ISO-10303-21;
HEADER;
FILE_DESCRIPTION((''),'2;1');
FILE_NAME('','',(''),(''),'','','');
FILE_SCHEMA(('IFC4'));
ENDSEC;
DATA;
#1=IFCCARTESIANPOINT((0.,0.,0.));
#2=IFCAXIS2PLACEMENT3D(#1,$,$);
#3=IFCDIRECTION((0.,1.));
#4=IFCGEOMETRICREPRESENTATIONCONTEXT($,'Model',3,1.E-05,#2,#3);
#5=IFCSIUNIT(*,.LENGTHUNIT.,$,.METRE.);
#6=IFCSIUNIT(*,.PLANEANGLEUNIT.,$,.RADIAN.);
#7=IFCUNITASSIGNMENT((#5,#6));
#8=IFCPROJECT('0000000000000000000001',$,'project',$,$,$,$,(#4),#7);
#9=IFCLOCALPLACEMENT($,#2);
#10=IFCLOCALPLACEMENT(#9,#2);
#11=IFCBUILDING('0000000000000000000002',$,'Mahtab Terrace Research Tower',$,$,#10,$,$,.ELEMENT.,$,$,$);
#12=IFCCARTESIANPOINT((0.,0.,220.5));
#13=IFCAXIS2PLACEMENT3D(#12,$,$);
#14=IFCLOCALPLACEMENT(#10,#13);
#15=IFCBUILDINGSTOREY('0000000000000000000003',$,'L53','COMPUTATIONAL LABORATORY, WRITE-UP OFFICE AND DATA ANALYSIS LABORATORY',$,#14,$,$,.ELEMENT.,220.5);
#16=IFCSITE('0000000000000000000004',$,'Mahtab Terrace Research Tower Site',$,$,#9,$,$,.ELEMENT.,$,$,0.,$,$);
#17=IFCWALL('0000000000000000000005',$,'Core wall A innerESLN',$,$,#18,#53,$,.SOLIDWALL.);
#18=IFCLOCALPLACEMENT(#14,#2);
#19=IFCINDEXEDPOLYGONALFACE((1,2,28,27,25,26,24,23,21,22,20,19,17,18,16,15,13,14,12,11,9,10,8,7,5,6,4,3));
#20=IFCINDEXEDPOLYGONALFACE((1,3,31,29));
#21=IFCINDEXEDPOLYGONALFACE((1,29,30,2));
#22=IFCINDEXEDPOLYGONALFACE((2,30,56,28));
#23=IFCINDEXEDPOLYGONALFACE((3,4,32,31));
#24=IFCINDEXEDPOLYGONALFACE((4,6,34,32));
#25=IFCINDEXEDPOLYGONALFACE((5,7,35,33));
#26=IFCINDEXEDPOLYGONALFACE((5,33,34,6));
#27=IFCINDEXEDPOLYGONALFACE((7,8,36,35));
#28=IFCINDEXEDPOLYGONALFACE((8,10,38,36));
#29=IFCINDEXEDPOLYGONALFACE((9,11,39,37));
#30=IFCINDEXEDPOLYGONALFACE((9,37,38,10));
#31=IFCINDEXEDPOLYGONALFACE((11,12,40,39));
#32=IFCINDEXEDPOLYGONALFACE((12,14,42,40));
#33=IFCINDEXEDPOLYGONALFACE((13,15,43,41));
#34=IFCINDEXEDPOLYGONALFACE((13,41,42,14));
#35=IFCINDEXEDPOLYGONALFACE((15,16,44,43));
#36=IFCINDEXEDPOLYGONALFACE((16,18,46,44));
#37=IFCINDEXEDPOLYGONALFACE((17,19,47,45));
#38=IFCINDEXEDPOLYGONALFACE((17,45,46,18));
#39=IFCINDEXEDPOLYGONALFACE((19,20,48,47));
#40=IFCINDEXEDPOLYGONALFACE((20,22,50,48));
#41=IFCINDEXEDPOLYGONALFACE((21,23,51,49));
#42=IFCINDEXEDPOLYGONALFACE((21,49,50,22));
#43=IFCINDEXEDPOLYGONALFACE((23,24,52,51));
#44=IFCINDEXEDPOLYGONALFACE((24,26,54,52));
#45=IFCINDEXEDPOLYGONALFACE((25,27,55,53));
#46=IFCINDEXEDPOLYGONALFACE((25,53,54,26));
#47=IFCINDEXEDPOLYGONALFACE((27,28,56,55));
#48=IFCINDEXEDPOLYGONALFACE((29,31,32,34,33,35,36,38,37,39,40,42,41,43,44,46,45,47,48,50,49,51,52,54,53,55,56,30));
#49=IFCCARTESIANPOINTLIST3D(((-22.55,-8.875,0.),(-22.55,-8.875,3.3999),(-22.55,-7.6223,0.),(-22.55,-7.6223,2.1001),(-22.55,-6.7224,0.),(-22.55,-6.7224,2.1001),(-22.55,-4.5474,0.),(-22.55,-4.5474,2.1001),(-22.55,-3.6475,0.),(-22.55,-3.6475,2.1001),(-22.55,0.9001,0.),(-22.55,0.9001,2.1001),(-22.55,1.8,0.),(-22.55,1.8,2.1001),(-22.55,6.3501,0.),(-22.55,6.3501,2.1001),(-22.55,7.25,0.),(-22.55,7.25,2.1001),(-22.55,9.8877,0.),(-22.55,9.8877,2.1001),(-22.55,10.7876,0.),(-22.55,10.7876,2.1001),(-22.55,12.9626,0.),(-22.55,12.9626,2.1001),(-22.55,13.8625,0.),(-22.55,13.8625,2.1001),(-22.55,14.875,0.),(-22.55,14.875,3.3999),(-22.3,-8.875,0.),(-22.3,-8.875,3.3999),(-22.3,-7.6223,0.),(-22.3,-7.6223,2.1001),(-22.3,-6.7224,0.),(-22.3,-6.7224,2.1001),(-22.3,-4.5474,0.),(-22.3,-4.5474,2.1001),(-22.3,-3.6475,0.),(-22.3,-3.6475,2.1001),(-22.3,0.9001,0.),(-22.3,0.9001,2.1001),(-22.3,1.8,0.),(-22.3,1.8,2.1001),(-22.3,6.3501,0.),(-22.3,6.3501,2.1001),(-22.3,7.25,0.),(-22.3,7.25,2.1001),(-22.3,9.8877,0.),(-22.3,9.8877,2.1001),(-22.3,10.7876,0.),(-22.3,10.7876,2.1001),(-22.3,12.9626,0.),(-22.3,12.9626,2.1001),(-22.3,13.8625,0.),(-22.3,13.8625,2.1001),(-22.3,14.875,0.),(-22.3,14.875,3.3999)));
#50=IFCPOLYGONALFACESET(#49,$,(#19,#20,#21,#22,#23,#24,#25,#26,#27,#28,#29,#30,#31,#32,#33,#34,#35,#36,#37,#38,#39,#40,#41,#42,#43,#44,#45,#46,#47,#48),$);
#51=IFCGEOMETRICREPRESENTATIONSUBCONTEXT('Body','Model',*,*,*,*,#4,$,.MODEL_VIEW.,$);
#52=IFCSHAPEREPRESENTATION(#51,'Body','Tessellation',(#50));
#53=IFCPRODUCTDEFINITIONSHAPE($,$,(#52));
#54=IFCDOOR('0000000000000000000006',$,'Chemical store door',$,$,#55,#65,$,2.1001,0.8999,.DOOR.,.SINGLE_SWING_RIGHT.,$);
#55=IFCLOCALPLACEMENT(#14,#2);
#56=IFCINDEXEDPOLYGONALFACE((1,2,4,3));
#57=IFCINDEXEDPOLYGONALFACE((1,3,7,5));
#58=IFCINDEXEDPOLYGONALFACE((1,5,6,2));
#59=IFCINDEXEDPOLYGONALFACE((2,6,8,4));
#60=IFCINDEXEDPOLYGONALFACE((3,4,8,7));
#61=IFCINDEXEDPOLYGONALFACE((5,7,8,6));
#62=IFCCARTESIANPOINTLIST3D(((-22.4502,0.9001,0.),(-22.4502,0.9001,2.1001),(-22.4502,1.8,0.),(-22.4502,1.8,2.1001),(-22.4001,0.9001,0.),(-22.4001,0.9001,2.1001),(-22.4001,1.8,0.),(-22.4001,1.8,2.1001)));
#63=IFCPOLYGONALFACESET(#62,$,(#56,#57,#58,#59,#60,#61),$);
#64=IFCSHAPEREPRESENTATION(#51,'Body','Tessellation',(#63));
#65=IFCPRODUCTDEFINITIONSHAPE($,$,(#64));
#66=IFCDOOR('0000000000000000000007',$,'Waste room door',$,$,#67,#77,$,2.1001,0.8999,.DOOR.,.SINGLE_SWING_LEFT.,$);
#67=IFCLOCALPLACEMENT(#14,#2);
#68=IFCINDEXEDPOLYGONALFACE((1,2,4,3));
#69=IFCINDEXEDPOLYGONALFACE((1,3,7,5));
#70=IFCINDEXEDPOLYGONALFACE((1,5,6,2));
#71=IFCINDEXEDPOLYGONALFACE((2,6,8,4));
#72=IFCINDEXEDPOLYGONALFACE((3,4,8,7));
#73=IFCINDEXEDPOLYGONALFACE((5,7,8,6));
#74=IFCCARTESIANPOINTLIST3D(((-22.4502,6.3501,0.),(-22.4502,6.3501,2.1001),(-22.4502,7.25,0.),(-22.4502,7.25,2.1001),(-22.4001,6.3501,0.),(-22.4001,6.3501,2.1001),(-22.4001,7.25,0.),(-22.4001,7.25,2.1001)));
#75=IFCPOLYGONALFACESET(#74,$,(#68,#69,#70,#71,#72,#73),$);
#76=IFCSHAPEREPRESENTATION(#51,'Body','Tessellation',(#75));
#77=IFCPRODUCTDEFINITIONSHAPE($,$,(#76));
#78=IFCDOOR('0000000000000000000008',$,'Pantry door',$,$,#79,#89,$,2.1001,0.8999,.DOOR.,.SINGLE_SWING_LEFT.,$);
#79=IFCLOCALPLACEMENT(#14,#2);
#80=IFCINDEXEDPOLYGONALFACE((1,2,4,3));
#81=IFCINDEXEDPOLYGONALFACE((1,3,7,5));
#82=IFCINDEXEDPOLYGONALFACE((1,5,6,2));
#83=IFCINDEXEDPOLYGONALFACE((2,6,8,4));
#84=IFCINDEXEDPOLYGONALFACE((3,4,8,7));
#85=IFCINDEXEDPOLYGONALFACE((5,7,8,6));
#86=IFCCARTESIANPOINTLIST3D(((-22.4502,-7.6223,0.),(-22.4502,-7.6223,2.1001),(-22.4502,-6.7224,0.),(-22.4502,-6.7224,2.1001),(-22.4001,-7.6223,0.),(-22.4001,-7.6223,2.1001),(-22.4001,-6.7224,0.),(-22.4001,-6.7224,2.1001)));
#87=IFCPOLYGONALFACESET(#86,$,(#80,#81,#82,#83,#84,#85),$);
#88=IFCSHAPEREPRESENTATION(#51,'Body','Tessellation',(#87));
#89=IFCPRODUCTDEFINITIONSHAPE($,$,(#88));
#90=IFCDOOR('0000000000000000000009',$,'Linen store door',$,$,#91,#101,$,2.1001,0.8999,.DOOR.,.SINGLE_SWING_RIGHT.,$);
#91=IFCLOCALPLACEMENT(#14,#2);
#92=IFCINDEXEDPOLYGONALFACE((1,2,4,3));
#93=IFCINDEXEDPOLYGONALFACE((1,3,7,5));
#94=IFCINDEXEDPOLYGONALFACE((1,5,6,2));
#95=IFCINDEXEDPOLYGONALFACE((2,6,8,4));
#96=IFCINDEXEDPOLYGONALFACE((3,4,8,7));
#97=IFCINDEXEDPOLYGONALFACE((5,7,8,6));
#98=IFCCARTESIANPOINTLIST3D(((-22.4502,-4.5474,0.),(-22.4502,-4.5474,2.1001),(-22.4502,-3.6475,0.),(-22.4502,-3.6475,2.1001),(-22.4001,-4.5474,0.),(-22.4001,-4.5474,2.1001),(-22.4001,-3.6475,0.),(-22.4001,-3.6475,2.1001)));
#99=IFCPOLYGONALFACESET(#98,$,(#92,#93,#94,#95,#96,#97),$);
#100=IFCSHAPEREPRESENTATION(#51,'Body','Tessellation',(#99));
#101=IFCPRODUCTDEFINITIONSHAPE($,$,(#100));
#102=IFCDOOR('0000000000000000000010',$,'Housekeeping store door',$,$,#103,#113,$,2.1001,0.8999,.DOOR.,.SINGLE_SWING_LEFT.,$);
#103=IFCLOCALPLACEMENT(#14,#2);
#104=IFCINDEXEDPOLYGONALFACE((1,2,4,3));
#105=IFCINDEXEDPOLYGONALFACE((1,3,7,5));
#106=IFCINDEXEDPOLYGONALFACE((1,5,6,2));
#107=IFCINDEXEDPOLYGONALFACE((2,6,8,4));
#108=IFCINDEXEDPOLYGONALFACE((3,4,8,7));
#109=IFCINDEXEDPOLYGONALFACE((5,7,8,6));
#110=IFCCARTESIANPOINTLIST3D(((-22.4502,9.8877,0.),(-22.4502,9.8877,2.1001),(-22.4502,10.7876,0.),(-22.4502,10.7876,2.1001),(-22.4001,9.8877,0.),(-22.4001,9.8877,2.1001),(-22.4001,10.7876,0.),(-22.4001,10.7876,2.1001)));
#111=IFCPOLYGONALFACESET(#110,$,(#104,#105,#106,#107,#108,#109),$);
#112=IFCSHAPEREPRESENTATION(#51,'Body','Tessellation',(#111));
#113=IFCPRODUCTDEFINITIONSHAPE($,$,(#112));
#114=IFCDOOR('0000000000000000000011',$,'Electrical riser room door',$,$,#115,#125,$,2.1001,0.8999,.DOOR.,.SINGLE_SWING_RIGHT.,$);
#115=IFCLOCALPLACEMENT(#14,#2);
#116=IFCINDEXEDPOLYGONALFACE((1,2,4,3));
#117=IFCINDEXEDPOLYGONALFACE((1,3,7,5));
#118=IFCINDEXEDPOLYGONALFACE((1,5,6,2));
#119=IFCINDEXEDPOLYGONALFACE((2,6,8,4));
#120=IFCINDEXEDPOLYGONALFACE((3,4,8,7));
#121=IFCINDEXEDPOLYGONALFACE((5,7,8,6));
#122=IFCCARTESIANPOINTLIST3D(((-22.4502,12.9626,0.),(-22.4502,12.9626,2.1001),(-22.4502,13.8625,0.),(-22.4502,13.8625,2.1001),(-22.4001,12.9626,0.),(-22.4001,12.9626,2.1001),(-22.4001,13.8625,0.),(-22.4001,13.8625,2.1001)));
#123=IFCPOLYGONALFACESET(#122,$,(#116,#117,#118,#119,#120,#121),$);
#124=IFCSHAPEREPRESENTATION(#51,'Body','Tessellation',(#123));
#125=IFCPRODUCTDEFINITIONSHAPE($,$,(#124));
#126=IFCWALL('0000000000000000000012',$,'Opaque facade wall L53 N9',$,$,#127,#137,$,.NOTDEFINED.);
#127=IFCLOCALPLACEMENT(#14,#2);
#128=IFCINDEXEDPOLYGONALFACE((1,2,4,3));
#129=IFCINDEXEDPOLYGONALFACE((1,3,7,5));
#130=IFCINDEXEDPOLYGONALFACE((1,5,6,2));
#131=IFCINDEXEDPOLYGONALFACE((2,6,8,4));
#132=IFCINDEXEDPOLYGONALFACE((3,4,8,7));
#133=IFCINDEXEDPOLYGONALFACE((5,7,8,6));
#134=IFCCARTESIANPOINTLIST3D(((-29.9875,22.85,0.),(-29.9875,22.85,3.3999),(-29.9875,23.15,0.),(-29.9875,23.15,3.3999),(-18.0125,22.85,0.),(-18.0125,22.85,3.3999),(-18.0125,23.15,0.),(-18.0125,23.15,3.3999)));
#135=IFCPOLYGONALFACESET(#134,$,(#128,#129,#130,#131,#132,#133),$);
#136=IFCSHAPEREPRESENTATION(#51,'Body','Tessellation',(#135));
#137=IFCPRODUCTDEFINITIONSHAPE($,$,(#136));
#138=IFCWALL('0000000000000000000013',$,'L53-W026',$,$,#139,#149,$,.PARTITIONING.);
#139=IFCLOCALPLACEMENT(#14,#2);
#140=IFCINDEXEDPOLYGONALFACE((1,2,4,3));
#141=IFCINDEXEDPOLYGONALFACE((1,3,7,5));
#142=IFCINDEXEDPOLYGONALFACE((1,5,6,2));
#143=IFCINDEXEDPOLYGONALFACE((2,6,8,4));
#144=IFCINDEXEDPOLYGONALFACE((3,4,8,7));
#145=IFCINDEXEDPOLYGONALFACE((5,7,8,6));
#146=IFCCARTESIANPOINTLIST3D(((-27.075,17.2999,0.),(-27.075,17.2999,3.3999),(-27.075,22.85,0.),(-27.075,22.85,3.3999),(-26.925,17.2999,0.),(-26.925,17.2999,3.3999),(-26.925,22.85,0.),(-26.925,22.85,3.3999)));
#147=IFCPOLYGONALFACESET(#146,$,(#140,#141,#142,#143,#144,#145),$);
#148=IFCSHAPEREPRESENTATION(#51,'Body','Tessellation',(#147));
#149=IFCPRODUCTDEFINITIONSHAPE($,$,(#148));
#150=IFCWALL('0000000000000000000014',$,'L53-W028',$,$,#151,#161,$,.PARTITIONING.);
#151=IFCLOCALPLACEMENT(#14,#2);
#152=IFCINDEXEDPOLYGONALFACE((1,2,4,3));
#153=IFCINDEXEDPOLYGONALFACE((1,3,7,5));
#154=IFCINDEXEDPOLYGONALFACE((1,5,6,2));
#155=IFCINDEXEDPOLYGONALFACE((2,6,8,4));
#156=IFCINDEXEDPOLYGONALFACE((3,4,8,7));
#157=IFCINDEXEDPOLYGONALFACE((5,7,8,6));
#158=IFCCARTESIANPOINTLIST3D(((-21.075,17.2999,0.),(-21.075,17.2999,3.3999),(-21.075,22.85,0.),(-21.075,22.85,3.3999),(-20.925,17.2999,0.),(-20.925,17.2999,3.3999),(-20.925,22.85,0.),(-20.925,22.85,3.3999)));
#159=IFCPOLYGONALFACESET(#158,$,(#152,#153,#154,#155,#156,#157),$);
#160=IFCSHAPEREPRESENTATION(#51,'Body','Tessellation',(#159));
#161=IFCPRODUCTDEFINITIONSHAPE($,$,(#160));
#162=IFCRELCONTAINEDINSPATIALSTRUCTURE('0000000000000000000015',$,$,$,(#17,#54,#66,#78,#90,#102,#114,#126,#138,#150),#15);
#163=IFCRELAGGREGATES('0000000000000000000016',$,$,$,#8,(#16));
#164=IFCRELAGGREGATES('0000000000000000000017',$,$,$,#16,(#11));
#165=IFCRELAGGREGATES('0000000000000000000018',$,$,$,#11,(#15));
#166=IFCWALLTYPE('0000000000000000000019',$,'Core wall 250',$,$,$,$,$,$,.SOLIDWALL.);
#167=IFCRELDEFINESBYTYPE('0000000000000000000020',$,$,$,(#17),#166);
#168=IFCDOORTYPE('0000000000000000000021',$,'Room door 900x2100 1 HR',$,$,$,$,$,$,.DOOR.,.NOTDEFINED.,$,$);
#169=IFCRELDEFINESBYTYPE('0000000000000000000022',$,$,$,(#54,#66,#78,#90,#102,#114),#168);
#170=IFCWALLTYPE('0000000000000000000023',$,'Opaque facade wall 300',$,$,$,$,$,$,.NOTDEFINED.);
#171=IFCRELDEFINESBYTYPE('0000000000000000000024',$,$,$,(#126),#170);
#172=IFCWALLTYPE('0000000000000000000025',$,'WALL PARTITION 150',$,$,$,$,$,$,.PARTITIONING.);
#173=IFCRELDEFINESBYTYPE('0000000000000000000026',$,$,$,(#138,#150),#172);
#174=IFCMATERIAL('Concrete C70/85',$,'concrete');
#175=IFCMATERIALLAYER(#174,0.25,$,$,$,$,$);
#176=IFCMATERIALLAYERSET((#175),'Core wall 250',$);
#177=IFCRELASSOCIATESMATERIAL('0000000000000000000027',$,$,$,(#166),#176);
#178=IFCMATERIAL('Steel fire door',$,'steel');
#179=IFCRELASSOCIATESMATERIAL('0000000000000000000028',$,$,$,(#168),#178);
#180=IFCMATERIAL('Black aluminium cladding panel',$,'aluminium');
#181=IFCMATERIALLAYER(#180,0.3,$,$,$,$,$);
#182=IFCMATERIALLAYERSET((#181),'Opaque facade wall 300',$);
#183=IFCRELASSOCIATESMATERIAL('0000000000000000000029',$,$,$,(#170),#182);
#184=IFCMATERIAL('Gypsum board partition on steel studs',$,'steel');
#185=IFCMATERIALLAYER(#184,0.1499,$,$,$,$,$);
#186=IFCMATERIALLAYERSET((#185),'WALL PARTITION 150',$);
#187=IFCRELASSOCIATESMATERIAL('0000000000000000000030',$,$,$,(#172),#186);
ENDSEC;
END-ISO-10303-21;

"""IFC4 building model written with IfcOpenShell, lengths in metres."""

from ifc_helpers import new_model, si_unit, direction, frame, frame_2d, origin, place, context, subcontext, project, spatial, rectangle, extrude, material, layer, layer_set, type_object, element, fill, save


model = new_model("IFC4")

# Units and contexts
model_context = context("Model", 3, precision=1e-05, world=origin(), true_north=direction((0.0, 1.0)))
body_context = subcontext(model_context, "Body", "Model", "MODEL_VIEW")
ifc_project = project(units=[si_unit("LENGTHUNIT", "METRE"), si_unit("PLANEANGLEUNIT", "RADIAN")], contexts=[model_context])

# Site, building, storey
site_placement = place(None, origin())
site = spatial("IfcSite", under=ifc_project, at=site_placement, Name="Mahtab Terrace Research Tower Site", CompositionType="ELEMENT", RefElevation=0.0)
building_placement = place(site_placement, origin())
building = spatial("IfcBuilding", under=site, at=building_placement, Name="Mahtab Terrace Research Tower", CompositionType="ELEMENT")
storey_placement = place(building_placement, frame((0.0, 0.0, 220.5)))
storey = spatial("IfcBuildingStorey", under=building, at=storey_placement, Name="L53", Description="COMPUTATIONAL LABORATORY, WRITE-UP OFFICE AND DATA ANALYSIS LABORATORY", CompositionType="ELEMENT", Elevation=220.5)

# Shared definitions
ifc_material_1 = material(Name="Concrete C70/85", Category="concrete")
ifc_layer_1 = layer(ifc_material_1, 0.25)
ifc_layer_set_1 = layer_set([ifc_layer_1], Name="Core wall 250")
wall_type_1 = type_object("IfcWallType", Name="Core wall 250", PredefinedType="SOLIDWALL", material=ifc_layer_set_1)

# Shared definitions
ifc_material_2 = material(Name="Steel fire door", Category="steel")

# Wall, openings, doors
wall_1_placement = place(storey_placement, frame((-22.425, 14.875, 0.0), z_axis=(0.0, 0.0, 1.0), x_axis=(0.0, -1.0, 0.0)))
wall_1 = element("IfcWall", 1, at=wall_1_placement, inside=storey, type_object=wall_type_1, Name="Core wall A innerESLN", PredefinedType="SOLIDWALL", context=body_context, shape_type="SweptSolid", body=[
    extrude(rectangle(XDim=23.75, YDim=0.25, at=frame_2d((11.875, 0.0))), origin(), (0.0, 0.0, 1.0), 3.3999),
])
opening_1_placement = place(wall_1_placement, frame((13.075, 0.0, 0.0)))
opening_1 = element("IfcOpeningElement", 2, at=opening_1_placement, cuts=wall_1, PredefinedType="OPENING", context=body_context, shape_type="SweptSolid", body=[
    extrude(rectangle(XDim=0.8999, YDim=2.1001, at=frame_2d((0.45, 1.05))), frame((0.0, 0.135, 0.0), z_axis=(0.0, -1.0, 0.0), x_axis=(1.0, 0.0, 0.0)), (0.0, 0.0, 1.0), 0.27),
])
opening_2_placement = place(wall_1_placement, frame((7.625, 0.0, 0.0)))
opening_2 = element("IfcOpeningElement", 3, at=opening_2_placement, cuts=wall_1, PredefinedType="OPENING", context=body_context, shape_type="SweptSolid", body=[
    extrude(rectangle(XDim=0.8999, YDim=2.1001, at=frame_2d((0.45, 1.05))), frame((0.0, 0.135, 0.0), z_axis=(0.0, -1.0, 0.0), x_axis=(1.0, 0.0, 0.0)), (0.0, 0.0, 1.0), 0.27),
])
opening_3_placement = place(wall_1_placement, frame((21.5974, 0.0, 0.0)))
opening_3 = element("IfcOpeningElement", 4, at=opening_3_placement, cuts=wall_1, PredefinedType="OPENING", context=body_context, shape_type="SweptSolid", body=[
    extrude(rectangle(XDim=0.8999, YDim=2.1001, at=frame_2d((0.45, 1.05))), frame((0.0, 0.135, 0.0), z_axis=(0.0, -1.0, 0.0), x_axis=(1.0, 0.0, 0.0)), (0.0, 0.0, 1.0), 0.27),
])
opening_4_placement = place(wall_1_placement, frame((18.5225, 0.0, 0.0)))
opening_4 = element("IfcOpeningElement", 5, at=opening_4_placement, cuts=wall_1, PredefinedType="OPENING", context=body_context, shape_type="SweptSolid", body=[
    extrude(rectangle(XDim=0.8999, YDim=2.1001, at=frame_2d((0.45, 1.05))), frame((0.0, 0.135, 0.0), z_axis=(0.0, -1.0, 0.0), x_axis=(1.0, 0.0, 0.0)), (0.0, 0.0, 1.0), 0.27),
])
opening_5_placement = place(wall_1_placement, frame((4.0874, 0.0, 0.0)))
opening_5 = element("IfcOpeningElement", 6, at=opening_5_placement, cuts=wall_1, PredefinedType="OPENING", context=body_context, shape_type="SweptSolid", body=[
    extrude(rectangle(XDim=0.8999, YDim=2.1001, at=frame_2d((0.45, 1.05))), frame((0.0, 0.135, 0.0), z_axis=(0.0, -1.0, 0.0), x_axis=(1.0, 0.0, 0.0)), (0.0, 0.0, 1.0), 0.27),
])
opening_6_placement = place(wall_1_placement, frame((1.0125, 0.0, 0.0)))
opening_6 = element("IfcOpeningElement", 7, at=opening_6_placement, cuts=wall_1, PredefinedType="OPENING", context=body_context, shape_type="SweptSolid", body=[
    extrude(rectangle(XDim=0.8999, YDim=2.1001, at=frame_2d((0.45, 1.05))), frame((0.0, 0.135, 0.0), z_axis=(0.0, -1.0, 0.0), x_axis=(1.0, 0.0, 0.0)), (0.0, 0.0, 1.0), 0.27),
])
door_type_1 = type_object("IfcDoorType", Name="Room door 900x2100 1 HR", OperationType="NOTDEFINED", PredefinedType="DOOR", material=ifc_material_2)
door_1_placement = place(opening_1_placement, origin())
door_1 = element("IfcDoor", 8, at=door_1_placement, inside=storey, type_object=door_type_1, Name="Chemical store door", OperationType="SINGLE_SWING_RIGHT", OverallHeight=2.1001, OverallWidth=0.8999, PredefinedType="DOOR", context=body_context, shape_type="SweptSolid", body=[
    extrude(rectangle(XDim=0.8999, YDim=2.1001, at=frame_2d((0.45, 1.05))), frame((0.0, 0.0249, 0.0), z_axis=(0.0, -1.0, 0.0), x_axis=(1.0, 0.0, 0.0)), (0.0, 0.0, 1.0), 0.05),
])
fill(opening_1, door_1)
door_2_placement = place(opening_2_placement, origin())
door_2 = element("IfcDoor", 9, at=door_2_placement, inside=storey, type_object=door_type_1, Name="Waste room door", OperationType="SINGLE_SWING_LEFT", OverallHeight=2.1001, OverallWidth=0.8999, PredefinedType="DOOR", context=body_context, shape_type="SweptSolid", body=[
    extrude(rectangle(XDim=0.8999, YDim=2.1001, at=frame_2d((0.45, 1.05))), frame((0.0, 0.0249, 0.0), z_axis=(0.0, -1.0, 0.0), x_axis=(1.0, 0.0, 0.0)), (0.0, 0.0, 1.0), 0.05),
])
fill(opening_2, door_2)
door_3_placement = place(opening_3_placement, origin())
door_3 = element("IfcDoor", 10, at=door_3_placement, inside=storey, type_object=door_type_1, Name="Pantry door", OperationType="SINGLE_SWING_LEFT", OverallHeight=2.1001, OverallWidth=0.8999, PredefinedType="DOOR", context=body_context, shape_type="SweptSolid", body=[
    extrude(rectangle(XDim=0.8999, YDim=2.1001, at=frame_2d((0.45, 1.05))), frame((0.0, 0.0249, 0.0), z_axis=(0.0, -1.0, 0.0), x_axis=(1.0, 0.0, 0.0)), (0.0, 0.0, 1.0), 0.05),
])
fill(opening_3, door_3)
door_4_placement = place(opening_4_placement, origin())
door_4 = element("IfcDoor", 11, at=door_4_placement, inside=storey, type_object=door_type_1, Name="Linen store door", OperationType="SINGLE_SWING_RIGHT", OverallHeight=2.1001, OverallWidth=0.8999, PredefinedType="DOOR", context=body_context, shape_type="SweptSolid", body=[
    extrude(rectangle(XDim=0.8999, YDim=2.1001, at=frame_2d((0.45, 1.05))), frame((0.0, 0.0249, 0.0), z_axis=(0.0, -1.0, 0.0), x_axis=(1.0, 0.0, 0.0)), (0.0, 0.0, 1.0), 0.05),
])
fill(opening_4, door_4)
door_5_placement = place(opening_5_placement, origin())
door_5 = element("IfcDoor", 12, at=door_5_placement, inside=storey, type_object=door_type_1, Name="Housekeeping store door", OperationType="SINGLE_SWING_LEFT", OverallHeight=2.1001, OverallWidth=0.8999, PredefinedType="DOOR", context=body_context, shape_type="SweptSolid", body=[
    extrude(rectangle(XDim=0.8999, YDim=2.1001, at=frame_2d((0.45, 1.05))), frame((0.0, 0.0249, 0.0), z_axis=(0.0, -1.0, 0.0), x_axis=(1.0, 0.0, 0.0)), (0.0, 0.0, 1.0), 0.05),
])
fill(opening_5, door_5)
door_6_placement = place(opening_6_placement, origin())
door_6 = element("IfcDoor", 13, at=door_6_placement, inside=storey, type_object=door_type_1, Name="Electrical riser room door", OperationType="SINGLE_SWING_RIGHT", OverallHeight=2.1001, OverallWidth=0.8999, PredefinedType="DOOR", context=body_context, shape_type="SweptSolid", body=[
    extrude(rectangle(XDim=0.8999, YDim=2.1001, at=frame_2d((0.45, 1.05))), frame((0.0, 0.0249, 0.0), z_axis=(0.0, -1.0, 0.0), x_axis=(1.0, 0.0, 0.0)), (0.0, 0.0, 1.0), 0.05),
])
fill(opening_6, door_6)

# Walls
ifc_material_3 = material(Name="Black aluminium cladding panel", Category="aluminium")
ifc_layer_2 = layer(ifc_material_3, 0.3)
ifc_layer_set_2 = layer_set([ifc_layer_2], Name="Opaque facade wall 300")
wall_type_2 = type_object("IfcWallType", Name="Opaque facade wall 300", PredefinedType="NOTDEFINED", material=ifc_layer_set_2)
wall_2_placement = place(storey_placement, frame((-18.0125, 23.0, 0.0), z_axis=(0.0, 0.0, 1.0), x_axis=(-1.0, 0.0, 0.0)))
element("IfcWall", 14, at=wall_2_placement, inside=storey, type_object=wall_type_2, Name="Opaque facade wall L53 N9", PredefinedType="NOTDEFINED", context=body_context, shape_type="SweptSolid", body=[
    extrude(rectangle(XDim=11.9751, YDim=0.3, at=frame_2d((5.9875, 0.0))), origin(), (0.0, 0.0, 1.0), 3.3999),
])
ifc_material_4 = material(Name="Gypsum board partition on steel studs", Category="steel")
ifc_layer_3 = layer(ifc_material_4, 0.1499)
ifc_layer_set_3 = layer_set([ifc_layer_3], Name="WALL PARTITION 150")
wall_type_3 = type_object("IfcWallType", Name="WALL PARTITION 150", PredefinedType="PARTITIONING", material=ifc_layer_set_3)
for number, where, z_axis, x_axis, name in (
    (15, (-27.0, 17.3, 0.0), (0.0, 0.0, 1.0), (0.0, 1.0, 0.0), "L53-W026"),
    (16, (-21.0, 17.3, 0.0), (0.0, 0.0, 1.0), (0.0, 1.0, 0.0), "L53-W028"),
):
    element("IfcWall", number, at=place(storey_placement, frame(where, z_axis=z_axis, x_axis=x_axis)), inside=storey, type_object=wall_type_3, Name=name, PredefinedType="PARTITIONING", context=body_context, shape_type="SweptSolid", body=[
        extrude(rectangle(XDim=5.55, YDim=0.1499, at=frame_2d((2.7749, 0.0))), origin(), (0.0, 0.0, 1.0), 3.3999),
    ])

save(model, "model.ifc")
